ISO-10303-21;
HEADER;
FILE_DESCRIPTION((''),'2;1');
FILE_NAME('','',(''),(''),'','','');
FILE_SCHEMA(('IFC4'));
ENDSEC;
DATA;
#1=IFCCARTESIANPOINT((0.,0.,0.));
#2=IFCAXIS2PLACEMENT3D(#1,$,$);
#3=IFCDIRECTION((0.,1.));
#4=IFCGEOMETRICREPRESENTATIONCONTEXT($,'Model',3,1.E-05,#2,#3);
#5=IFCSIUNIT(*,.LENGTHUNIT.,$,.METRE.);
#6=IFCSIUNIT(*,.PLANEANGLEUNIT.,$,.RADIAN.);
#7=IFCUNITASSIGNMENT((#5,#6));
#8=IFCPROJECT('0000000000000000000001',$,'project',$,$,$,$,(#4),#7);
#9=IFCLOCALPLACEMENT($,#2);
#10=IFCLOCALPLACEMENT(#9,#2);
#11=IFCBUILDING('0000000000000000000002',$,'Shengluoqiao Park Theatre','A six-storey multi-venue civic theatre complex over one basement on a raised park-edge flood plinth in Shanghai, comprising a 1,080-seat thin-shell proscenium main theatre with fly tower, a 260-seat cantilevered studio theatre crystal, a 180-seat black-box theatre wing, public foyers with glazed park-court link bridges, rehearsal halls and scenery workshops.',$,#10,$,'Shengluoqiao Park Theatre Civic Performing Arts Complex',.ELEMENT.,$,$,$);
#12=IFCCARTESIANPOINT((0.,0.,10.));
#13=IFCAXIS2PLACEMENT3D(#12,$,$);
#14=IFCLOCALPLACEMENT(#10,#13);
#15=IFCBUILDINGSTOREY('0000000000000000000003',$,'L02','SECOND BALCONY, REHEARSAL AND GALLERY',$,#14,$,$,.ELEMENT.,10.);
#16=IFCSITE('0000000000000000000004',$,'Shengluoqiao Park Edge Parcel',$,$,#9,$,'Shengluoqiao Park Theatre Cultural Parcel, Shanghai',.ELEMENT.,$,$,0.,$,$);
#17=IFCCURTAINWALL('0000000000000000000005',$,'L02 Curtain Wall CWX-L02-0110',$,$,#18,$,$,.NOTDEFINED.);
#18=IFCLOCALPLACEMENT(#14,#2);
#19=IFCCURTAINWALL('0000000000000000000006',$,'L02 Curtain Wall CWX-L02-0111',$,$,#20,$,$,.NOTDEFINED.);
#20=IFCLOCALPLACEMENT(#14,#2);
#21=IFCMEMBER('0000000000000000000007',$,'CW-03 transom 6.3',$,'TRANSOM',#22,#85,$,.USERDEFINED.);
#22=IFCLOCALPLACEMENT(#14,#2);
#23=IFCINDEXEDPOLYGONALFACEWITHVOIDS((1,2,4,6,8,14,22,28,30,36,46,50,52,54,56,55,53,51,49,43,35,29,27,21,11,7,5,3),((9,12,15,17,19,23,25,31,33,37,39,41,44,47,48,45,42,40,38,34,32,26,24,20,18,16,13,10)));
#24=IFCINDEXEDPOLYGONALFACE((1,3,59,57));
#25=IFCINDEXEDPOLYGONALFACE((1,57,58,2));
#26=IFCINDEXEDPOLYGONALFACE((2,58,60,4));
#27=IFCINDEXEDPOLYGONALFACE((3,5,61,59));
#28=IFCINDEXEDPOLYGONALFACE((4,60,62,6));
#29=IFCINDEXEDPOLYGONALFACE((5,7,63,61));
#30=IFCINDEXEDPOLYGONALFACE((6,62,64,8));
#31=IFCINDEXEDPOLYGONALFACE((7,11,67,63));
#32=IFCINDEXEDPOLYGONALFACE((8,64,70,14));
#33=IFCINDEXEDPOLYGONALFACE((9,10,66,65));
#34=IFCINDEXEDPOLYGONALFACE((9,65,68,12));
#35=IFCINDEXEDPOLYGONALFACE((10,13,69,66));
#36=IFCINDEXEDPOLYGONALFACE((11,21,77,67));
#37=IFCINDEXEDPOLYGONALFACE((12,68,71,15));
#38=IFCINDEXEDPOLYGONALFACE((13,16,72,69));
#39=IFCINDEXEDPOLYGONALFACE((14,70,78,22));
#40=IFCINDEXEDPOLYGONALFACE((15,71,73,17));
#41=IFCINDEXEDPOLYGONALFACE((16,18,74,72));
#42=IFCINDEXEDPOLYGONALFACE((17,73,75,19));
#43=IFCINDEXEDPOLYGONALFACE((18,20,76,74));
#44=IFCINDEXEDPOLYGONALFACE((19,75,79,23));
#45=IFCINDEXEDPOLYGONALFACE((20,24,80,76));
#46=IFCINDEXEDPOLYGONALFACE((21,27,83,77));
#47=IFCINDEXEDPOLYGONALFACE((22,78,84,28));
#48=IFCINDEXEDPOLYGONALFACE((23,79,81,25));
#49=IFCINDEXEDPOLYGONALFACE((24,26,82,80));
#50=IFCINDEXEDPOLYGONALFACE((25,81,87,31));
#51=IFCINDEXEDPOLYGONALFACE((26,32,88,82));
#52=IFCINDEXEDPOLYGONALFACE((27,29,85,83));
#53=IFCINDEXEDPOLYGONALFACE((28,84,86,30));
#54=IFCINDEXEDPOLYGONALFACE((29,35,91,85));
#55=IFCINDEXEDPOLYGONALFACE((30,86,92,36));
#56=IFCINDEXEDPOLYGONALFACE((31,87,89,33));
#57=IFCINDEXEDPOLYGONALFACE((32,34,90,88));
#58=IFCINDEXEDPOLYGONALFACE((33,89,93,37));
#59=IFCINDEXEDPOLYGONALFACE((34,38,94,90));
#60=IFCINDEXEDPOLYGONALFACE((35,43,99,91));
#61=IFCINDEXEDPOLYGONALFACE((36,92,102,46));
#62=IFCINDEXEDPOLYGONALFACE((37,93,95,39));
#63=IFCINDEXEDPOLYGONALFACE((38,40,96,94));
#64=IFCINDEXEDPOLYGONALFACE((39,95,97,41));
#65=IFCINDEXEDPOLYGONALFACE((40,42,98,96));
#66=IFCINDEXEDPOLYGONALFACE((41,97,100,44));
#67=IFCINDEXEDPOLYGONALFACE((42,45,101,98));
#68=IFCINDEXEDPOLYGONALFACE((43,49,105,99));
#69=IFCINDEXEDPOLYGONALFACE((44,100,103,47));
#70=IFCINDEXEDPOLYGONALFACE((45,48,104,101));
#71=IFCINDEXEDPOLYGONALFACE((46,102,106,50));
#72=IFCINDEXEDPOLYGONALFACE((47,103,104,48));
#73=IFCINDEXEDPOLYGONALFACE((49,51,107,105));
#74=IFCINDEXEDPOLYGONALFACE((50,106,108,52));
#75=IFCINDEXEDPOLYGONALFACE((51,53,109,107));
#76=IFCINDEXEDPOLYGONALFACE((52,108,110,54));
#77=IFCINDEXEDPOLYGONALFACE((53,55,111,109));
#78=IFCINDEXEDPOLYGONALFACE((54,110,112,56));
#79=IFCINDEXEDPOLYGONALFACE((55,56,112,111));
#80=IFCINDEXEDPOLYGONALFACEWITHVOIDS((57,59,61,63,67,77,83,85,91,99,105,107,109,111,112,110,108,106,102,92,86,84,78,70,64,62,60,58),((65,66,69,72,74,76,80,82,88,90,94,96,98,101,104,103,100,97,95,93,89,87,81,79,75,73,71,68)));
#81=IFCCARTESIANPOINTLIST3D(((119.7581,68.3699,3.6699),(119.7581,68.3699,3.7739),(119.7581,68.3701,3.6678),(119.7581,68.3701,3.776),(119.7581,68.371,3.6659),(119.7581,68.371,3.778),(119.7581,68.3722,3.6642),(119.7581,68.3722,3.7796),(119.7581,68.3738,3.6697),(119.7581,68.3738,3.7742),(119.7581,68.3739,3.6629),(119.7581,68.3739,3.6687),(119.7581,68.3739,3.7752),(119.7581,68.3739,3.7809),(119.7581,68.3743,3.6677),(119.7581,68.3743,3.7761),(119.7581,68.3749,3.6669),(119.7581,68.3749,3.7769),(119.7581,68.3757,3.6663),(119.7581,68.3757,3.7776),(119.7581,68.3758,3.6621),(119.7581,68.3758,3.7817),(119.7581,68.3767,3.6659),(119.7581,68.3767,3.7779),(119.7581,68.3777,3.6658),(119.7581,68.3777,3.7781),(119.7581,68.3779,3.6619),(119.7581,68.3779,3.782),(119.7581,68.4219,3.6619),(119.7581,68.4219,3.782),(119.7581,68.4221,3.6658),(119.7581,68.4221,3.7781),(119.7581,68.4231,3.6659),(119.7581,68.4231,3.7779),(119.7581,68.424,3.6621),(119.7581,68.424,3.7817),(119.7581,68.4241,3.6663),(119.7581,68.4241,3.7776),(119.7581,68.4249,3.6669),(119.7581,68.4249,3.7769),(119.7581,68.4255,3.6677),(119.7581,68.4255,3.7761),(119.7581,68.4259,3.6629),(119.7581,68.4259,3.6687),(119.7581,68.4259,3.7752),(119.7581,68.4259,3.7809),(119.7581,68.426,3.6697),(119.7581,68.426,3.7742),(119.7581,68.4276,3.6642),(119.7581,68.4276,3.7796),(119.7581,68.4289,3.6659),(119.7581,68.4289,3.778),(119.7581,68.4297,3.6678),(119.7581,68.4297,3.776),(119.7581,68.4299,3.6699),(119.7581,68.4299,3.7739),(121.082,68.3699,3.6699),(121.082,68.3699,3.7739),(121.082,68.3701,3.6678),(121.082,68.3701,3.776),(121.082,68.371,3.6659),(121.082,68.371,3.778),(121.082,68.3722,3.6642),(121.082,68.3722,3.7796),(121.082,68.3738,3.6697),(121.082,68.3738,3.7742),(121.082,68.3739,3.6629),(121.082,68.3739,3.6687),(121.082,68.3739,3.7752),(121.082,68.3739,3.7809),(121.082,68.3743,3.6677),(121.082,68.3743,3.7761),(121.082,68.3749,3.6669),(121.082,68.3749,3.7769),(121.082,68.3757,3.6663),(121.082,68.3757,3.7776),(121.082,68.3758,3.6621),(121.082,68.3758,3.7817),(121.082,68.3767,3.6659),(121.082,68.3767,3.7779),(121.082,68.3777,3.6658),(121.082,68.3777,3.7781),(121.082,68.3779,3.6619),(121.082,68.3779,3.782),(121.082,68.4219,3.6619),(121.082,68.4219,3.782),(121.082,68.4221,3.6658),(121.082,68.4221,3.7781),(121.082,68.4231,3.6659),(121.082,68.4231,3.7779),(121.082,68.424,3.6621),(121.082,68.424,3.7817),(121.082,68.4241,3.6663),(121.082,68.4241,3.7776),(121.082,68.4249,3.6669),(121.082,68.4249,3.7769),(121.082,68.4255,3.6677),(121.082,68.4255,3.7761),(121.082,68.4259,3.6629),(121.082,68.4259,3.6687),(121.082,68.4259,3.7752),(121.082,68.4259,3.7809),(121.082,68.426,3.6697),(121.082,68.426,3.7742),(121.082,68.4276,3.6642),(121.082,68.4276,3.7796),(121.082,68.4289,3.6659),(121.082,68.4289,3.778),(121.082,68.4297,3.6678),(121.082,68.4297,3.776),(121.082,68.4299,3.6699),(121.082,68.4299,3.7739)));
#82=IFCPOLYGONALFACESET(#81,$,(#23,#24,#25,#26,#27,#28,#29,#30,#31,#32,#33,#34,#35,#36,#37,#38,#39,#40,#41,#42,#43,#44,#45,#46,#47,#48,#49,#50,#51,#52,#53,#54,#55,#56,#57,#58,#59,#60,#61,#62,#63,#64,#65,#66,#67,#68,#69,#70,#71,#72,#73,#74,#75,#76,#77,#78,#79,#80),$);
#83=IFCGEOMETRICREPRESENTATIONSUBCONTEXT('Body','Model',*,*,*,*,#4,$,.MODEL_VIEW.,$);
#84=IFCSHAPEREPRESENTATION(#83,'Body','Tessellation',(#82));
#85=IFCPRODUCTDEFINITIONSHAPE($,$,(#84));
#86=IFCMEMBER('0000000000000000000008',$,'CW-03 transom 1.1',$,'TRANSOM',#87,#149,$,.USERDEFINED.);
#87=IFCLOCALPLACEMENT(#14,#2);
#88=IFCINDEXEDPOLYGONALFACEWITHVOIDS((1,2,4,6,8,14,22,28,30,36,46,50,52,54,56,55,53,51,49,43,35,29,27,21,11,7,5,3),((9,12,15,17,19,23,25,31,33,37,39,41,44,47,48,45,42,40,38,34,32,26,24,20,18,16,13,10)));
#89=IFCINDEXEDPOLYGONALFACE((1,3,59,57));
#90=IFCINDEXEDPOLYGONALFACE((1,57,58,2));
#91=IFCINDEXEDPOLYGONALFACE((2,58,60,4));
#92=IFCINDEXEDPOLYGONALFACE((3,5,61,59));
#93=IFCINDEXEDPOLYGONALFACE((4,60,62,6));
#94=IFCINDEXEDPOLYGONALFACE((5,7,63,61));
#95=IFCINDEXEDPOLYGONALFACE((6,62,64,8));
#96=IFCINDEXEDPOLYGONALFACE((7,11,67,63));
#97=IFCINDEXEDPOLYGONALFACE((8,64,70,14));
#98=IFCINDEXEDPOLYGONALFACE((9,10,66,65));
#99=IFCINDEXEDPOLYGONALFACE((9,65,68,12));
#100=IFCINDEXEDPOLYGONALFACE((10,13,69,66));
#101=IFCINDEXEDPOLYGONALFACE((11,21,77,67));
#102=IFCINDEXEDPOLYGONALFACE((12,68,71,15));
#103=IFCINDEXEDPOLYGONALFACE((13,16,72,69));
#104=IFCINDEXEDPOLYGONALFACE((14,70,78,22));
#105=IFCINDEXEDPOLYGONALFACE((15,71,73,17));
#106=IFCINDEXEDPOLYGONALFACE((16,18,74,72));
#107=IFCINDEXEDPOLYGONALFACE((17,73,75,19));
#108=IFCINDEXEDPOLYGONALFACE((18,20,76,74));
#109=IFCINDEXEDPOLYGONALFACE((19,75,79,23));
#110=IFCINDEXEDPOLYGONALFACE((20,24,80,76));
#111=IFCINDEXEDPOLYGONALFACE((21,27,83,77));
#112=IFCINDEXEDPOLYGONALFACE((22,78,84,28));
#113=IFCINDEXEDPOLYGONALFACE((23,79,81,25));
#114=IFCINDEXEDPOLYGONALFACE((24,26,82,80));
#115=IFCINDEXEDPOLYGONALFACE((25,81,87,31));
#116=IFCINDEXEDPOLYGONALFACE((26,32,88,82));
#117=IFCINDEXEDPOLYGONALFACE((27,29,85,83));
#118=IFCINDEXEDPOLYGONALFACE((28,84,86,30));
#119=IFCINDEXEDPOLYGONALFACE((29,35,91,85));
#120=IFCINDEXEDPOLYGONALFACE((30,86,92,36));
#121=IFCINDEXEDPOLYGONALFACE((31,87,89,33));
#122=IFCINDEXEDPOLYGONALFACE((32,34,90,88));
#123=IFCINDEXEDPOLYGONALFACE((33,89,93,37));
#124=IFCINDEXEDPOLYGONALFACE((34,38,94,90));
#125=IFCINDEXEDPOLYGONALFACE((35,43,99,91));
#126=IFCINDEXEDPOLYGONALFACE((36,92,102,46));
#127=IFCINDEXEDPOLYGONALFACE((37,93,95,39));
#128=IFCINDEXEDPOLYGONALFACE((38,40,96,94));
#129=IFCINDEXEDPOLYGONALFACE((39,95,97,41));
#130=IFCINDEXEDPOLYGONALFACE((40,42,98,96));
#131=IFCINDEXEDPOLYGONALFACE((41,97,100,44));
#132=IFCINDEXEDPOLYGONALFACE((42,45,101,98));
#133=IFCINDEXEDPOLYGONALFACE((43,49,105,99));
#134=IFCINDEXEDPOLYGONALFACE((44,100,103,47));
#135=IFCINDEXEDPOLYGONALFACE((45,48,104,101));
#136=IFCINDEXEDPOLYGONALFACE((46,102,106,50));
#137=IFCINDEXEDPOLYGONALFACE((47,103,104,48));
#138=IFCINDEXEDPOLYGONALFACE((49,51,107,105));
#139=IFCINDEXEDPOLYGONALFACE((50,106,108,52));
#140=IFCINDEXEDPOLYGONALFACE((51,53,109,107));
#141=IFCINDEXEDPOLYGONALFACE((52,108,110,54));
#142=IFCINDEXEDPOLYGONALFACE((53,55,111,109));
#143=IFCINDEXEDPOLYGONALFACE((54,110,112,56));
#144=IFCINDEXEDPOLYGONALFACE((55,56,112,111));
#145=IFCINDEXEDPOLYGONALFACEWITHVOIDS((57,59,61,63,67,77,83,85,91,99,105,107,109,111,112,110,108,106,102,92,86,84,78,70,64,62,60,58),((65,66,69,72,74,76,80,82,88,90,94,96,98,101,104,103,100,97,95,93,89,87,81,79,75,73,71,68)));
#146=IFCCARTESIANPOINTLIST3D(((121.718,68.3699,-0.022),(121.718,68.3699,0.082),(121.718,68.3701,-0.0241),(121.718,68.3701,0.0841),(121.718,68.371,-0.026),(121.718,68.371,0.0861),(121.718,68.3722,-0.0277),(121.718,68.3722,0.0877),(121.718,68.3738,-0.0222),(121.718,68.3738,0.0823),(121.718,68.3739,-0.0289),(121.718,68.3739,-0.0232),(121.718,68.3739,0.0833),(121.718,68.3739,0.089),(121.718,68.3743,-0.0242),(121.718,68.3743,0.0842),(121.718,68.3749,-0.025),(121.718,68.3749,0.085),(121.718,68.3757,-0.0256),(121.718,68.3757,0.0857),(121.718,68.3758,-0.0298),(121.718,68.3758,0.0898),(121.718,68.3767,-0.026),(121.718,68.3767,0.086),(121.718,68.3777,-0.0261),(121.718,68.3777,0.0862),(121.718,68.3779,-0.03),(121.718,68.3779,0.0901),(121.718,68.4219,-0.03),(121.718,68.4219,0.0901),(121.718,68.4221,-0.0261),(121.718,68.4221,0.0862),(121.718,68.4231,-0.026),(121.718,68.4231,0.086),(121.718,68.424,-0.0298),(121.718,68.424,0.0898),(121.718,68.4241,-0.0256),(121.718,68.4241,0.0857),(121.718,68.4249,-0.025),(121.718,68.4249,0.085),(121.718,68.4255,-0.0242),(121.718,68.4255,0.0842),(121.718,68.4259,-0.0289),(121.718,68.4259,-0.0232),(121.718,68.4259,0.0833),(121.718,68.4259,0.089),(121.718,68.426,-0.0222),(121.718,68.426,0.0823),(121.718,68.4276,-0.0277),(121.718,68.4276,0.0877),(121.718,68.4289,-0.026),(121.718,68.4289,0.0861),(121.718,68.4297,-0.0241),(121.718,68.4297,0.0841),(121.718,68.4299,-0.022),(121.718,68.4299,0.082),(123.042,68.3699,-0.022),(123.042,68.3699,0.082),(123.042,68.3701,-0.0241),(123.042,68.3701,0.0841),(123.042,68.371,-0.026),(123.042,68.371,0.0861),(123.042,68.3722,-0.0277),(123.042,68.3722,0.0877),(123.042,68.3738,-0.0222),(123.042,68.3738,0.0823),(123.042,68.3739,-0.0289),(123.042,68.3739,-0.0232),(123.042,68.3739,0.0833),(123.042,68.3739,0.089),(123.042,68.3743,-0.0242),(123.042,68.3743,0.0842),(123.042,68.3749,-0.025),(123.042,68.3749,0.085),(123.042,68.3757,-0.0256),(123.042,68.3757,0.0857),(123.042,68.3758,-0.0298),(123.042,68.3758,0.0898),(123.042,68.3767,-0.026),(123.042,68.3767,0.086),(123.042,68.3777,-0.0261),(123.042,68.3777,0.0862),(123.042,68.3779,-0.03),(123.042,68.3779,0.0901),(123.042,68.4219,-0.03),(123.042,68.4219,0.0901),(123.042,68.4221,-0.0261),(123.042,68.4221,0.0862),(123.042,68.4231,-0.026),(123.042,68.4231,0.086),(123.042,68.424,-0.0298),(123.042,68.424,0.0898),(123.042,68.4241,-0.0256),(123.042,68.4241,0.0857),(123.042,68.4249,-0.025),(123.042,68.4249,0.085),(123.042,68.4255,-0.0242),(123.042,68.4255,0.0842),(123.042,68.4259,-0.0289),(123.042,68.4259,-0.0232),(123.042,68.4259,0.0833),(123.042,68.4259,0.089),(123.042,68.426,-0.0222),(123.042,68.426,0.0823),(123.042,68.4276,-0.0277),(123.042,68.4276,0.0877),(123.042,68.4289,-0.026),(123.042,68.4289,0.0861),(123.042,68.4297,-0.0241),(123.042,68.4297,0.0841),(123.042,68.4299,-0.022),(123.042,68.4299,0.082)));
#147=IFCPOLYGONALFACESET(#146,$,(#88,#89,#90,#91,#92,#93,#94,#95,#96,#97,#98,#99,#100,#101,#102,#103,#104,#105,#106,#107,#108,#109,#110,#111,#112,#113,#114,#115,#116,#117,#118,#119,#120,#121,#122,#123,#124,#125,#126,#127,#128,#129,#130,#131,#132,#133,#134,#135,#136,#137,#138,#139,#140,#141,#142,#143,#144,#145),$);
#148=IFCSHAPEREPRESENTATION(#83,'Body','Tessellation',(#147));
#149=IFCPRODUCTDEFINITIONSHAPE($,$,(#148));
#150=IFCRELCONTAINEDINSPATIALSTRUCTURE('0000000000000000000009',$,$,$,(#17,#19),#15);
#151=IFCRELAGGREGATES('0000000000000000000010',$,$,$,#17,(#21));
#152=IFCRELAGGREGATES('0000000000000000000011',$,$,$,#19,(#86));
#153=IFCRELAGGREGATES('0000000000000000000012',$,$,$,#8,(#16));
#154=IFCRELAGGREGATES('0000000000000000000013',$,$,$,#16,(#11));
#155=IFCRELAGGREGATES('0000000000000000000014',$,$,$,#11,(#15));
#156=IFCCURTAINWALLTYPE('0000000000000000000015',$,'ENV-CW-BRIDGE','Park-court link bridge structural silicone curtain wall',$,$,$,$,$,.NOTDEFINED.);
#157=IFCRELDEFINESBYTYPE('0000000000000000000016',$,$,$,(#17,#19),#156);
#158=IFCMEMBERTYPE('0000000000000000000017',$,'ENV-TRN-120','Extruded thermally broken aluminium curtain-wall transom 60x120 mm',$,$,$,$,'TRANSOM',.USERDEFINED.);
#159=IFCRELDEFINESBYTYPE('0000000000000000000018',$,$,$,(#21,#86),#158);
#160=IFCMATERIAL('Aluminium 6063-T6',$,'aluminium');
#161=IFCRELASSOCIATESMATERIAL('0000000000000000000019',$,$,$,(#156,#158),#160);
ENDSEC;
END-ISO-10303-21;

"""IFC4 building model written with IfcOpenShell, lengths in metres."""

from ifc_helpers import new_model, si_unit, direction, frame, origin, origin_2d, place, context, subcontext, project, spatial, hollow_rectangle, extrude, material, material_profile, profile_set, type_object, element, aggregate, save


model = new_model("IFC4")

# Units and contexts
model_context = context("Model", 3, precision=1e-05, world=origin(), true_north=direction((0.0, 1.0)))
body_context = subcontext(model_context, "Body", "Model", "MODEL_VIEW")
ifc_project = project(units=[si_unit("LENGTHUNIT", "METRE"), si_unit("PLANEANGLEUNIT", "RADIAN")], contexts=[model_context])

# Site, building, storey
site_placement = place(None, origin())
site = spatial("IfcSite", under=ifc_project, at=site_placement, Name="Shengluoqiao Park Edge Parcel", LongName="Shengluoqiao Park Theatre Cultural Parcel, Shanghai", CompositionType="ELEMENT", RefElevation=0.0)
building_placement = place(site_placement, origin())
building = spatial("IfcBuilding", under=site, at=building_placement, Name="Shengluoqiao Park Theatre", Description="A six-storey multi-venue civic theatre complex over one basement on a raised park-edge flood plinth in Shanghai, comprising a 1,080-seat thin-shell proscenium main theatre with fly tower, a 260-seat cantilevered studio theatre crystal, a 180-seat black-box theatre wing, public foyers with glazed park-court link bridges, rehearsal halls and scenery workshops.", LongName="Shengluoqiao Park Theatre Civic Performing Arts Complex", CompositionType="ELEMENT")
storey_placement = place(building_placement, frame((0.0, 0.0, 10.0)))
storey = spatial("IfcBuildingStorey", under=building, at=storey_placement, Name="L02", Description="SECOND BALCONY, REHEARSAL AND GALLERY", CompositionType="ELEMENT", Elevation=10.0)

# Curtain walls
ifc_material_1 = material(Name="Aluminium 6063-T6", Category="aluminium")
curtain_wall_type = type_object("IfcCurtainWallType", Name="ENV-CW-BRIDGE", Description="Park-court link bridge structural silicone curtain wall", PredefinedType="NOTDEFINED", material=ifc_material_1)
curtain_wall_1_placement = place(storey_placement, origin())
curtain_wall_1 = element("IfcCurtainWall", 1, at=curtain_wall_1_placement, inside=storey, type_object=curtain_wall_type, Name="L02 Curtain Wall CWX-L02-0110", PredefinedType="NOTDEFINED")
curtain_wall_2_placement = place(storey_placement, origin())
curtain_wall_2 = element("IfcCurtainWall", 2, at=curtain_wall_2_placement, inside=storey, type_object=curtain_wall_type, Name="L02 Curtain Wall CWX-L02-0111", PredefinedType="NOTDEFINED")

# Members
ifc_material_profile_1 = material_profile(ifc_material_1, hollow_rectangle(XDim=0.0601, YDim=0.1201, WallThickness=0.0039, InnerFilletRadius=0.0039, OuterFilletRadius=0.0081, at=origin_2d()), Name="ALU TRANSOM 120x60x4")
ifc_profile_set_1 = profile_set([ifc_material_profile_1], Name="Aluminium 6063-T6")
member_type_1 = type_object("IfcMemberType", Name="ENV-TRN-120", Description="Extruded thermally broken aluminium curtain-wall transom 60x120 mm", ElementType="TRANSOM", PredefinedType="USERDEFINED", material=ifc_profile_set_1)
member_1_placement = place(storey_placement, frame((119.7581, 68.3999, 3.7219), z_axis=(1.0, 0.0, 0.0), x_axis=(0.0, 1.0, 0.0)))
member_1 = element("IfcMember", 3, at=member_1_placement, type_object=member_type_1, Name="CW-03 transom 6.3", ObjectType="TRANSOM", PredefinedType="USERDEFINED", context=body_context, shape_type="SweptSolid", body=[
    extrude(hollow_rectangle(XDim=0.0601, YDim=0.1201, WallThickness=0.0039, InnerFilletRadius=0.0039, OuterFilletRadius=0.0081, at=origin_2d()), origin(), (0.0, 0.0, 1.0), 1.324),
])
member_2_placement = place(storey_placement, frame((121.718, 68.3999, 0.03), z_axis=(1.0, 0.0, 0.0), x_axis=(0.0, 1.0, 0.0)))
member_2 = element("IfcMember", 4, at=member_2_placement, type_object=member_type_1, Name="CW-03 transom 1.1", ObjectType="TRANSOM", PredefinedType="USERDEFINED", context=body_context, shape_type="SweptSolid", body=[
    extrude(hollow_rectangle(XDim=0.0601, YDim=0.1201, WallThickness=0.0039, InnerFilletRadius=0.0039, OuterFilletRadius=0.0081, at=origin_2d()), origin(), (0.0, 0.0, 1.0), 1.324),
])

aggregate(curtain_wall_1, [member_1])
aggregate(curtain_wall_2, [member_2])

save(model, "model.ifc")
